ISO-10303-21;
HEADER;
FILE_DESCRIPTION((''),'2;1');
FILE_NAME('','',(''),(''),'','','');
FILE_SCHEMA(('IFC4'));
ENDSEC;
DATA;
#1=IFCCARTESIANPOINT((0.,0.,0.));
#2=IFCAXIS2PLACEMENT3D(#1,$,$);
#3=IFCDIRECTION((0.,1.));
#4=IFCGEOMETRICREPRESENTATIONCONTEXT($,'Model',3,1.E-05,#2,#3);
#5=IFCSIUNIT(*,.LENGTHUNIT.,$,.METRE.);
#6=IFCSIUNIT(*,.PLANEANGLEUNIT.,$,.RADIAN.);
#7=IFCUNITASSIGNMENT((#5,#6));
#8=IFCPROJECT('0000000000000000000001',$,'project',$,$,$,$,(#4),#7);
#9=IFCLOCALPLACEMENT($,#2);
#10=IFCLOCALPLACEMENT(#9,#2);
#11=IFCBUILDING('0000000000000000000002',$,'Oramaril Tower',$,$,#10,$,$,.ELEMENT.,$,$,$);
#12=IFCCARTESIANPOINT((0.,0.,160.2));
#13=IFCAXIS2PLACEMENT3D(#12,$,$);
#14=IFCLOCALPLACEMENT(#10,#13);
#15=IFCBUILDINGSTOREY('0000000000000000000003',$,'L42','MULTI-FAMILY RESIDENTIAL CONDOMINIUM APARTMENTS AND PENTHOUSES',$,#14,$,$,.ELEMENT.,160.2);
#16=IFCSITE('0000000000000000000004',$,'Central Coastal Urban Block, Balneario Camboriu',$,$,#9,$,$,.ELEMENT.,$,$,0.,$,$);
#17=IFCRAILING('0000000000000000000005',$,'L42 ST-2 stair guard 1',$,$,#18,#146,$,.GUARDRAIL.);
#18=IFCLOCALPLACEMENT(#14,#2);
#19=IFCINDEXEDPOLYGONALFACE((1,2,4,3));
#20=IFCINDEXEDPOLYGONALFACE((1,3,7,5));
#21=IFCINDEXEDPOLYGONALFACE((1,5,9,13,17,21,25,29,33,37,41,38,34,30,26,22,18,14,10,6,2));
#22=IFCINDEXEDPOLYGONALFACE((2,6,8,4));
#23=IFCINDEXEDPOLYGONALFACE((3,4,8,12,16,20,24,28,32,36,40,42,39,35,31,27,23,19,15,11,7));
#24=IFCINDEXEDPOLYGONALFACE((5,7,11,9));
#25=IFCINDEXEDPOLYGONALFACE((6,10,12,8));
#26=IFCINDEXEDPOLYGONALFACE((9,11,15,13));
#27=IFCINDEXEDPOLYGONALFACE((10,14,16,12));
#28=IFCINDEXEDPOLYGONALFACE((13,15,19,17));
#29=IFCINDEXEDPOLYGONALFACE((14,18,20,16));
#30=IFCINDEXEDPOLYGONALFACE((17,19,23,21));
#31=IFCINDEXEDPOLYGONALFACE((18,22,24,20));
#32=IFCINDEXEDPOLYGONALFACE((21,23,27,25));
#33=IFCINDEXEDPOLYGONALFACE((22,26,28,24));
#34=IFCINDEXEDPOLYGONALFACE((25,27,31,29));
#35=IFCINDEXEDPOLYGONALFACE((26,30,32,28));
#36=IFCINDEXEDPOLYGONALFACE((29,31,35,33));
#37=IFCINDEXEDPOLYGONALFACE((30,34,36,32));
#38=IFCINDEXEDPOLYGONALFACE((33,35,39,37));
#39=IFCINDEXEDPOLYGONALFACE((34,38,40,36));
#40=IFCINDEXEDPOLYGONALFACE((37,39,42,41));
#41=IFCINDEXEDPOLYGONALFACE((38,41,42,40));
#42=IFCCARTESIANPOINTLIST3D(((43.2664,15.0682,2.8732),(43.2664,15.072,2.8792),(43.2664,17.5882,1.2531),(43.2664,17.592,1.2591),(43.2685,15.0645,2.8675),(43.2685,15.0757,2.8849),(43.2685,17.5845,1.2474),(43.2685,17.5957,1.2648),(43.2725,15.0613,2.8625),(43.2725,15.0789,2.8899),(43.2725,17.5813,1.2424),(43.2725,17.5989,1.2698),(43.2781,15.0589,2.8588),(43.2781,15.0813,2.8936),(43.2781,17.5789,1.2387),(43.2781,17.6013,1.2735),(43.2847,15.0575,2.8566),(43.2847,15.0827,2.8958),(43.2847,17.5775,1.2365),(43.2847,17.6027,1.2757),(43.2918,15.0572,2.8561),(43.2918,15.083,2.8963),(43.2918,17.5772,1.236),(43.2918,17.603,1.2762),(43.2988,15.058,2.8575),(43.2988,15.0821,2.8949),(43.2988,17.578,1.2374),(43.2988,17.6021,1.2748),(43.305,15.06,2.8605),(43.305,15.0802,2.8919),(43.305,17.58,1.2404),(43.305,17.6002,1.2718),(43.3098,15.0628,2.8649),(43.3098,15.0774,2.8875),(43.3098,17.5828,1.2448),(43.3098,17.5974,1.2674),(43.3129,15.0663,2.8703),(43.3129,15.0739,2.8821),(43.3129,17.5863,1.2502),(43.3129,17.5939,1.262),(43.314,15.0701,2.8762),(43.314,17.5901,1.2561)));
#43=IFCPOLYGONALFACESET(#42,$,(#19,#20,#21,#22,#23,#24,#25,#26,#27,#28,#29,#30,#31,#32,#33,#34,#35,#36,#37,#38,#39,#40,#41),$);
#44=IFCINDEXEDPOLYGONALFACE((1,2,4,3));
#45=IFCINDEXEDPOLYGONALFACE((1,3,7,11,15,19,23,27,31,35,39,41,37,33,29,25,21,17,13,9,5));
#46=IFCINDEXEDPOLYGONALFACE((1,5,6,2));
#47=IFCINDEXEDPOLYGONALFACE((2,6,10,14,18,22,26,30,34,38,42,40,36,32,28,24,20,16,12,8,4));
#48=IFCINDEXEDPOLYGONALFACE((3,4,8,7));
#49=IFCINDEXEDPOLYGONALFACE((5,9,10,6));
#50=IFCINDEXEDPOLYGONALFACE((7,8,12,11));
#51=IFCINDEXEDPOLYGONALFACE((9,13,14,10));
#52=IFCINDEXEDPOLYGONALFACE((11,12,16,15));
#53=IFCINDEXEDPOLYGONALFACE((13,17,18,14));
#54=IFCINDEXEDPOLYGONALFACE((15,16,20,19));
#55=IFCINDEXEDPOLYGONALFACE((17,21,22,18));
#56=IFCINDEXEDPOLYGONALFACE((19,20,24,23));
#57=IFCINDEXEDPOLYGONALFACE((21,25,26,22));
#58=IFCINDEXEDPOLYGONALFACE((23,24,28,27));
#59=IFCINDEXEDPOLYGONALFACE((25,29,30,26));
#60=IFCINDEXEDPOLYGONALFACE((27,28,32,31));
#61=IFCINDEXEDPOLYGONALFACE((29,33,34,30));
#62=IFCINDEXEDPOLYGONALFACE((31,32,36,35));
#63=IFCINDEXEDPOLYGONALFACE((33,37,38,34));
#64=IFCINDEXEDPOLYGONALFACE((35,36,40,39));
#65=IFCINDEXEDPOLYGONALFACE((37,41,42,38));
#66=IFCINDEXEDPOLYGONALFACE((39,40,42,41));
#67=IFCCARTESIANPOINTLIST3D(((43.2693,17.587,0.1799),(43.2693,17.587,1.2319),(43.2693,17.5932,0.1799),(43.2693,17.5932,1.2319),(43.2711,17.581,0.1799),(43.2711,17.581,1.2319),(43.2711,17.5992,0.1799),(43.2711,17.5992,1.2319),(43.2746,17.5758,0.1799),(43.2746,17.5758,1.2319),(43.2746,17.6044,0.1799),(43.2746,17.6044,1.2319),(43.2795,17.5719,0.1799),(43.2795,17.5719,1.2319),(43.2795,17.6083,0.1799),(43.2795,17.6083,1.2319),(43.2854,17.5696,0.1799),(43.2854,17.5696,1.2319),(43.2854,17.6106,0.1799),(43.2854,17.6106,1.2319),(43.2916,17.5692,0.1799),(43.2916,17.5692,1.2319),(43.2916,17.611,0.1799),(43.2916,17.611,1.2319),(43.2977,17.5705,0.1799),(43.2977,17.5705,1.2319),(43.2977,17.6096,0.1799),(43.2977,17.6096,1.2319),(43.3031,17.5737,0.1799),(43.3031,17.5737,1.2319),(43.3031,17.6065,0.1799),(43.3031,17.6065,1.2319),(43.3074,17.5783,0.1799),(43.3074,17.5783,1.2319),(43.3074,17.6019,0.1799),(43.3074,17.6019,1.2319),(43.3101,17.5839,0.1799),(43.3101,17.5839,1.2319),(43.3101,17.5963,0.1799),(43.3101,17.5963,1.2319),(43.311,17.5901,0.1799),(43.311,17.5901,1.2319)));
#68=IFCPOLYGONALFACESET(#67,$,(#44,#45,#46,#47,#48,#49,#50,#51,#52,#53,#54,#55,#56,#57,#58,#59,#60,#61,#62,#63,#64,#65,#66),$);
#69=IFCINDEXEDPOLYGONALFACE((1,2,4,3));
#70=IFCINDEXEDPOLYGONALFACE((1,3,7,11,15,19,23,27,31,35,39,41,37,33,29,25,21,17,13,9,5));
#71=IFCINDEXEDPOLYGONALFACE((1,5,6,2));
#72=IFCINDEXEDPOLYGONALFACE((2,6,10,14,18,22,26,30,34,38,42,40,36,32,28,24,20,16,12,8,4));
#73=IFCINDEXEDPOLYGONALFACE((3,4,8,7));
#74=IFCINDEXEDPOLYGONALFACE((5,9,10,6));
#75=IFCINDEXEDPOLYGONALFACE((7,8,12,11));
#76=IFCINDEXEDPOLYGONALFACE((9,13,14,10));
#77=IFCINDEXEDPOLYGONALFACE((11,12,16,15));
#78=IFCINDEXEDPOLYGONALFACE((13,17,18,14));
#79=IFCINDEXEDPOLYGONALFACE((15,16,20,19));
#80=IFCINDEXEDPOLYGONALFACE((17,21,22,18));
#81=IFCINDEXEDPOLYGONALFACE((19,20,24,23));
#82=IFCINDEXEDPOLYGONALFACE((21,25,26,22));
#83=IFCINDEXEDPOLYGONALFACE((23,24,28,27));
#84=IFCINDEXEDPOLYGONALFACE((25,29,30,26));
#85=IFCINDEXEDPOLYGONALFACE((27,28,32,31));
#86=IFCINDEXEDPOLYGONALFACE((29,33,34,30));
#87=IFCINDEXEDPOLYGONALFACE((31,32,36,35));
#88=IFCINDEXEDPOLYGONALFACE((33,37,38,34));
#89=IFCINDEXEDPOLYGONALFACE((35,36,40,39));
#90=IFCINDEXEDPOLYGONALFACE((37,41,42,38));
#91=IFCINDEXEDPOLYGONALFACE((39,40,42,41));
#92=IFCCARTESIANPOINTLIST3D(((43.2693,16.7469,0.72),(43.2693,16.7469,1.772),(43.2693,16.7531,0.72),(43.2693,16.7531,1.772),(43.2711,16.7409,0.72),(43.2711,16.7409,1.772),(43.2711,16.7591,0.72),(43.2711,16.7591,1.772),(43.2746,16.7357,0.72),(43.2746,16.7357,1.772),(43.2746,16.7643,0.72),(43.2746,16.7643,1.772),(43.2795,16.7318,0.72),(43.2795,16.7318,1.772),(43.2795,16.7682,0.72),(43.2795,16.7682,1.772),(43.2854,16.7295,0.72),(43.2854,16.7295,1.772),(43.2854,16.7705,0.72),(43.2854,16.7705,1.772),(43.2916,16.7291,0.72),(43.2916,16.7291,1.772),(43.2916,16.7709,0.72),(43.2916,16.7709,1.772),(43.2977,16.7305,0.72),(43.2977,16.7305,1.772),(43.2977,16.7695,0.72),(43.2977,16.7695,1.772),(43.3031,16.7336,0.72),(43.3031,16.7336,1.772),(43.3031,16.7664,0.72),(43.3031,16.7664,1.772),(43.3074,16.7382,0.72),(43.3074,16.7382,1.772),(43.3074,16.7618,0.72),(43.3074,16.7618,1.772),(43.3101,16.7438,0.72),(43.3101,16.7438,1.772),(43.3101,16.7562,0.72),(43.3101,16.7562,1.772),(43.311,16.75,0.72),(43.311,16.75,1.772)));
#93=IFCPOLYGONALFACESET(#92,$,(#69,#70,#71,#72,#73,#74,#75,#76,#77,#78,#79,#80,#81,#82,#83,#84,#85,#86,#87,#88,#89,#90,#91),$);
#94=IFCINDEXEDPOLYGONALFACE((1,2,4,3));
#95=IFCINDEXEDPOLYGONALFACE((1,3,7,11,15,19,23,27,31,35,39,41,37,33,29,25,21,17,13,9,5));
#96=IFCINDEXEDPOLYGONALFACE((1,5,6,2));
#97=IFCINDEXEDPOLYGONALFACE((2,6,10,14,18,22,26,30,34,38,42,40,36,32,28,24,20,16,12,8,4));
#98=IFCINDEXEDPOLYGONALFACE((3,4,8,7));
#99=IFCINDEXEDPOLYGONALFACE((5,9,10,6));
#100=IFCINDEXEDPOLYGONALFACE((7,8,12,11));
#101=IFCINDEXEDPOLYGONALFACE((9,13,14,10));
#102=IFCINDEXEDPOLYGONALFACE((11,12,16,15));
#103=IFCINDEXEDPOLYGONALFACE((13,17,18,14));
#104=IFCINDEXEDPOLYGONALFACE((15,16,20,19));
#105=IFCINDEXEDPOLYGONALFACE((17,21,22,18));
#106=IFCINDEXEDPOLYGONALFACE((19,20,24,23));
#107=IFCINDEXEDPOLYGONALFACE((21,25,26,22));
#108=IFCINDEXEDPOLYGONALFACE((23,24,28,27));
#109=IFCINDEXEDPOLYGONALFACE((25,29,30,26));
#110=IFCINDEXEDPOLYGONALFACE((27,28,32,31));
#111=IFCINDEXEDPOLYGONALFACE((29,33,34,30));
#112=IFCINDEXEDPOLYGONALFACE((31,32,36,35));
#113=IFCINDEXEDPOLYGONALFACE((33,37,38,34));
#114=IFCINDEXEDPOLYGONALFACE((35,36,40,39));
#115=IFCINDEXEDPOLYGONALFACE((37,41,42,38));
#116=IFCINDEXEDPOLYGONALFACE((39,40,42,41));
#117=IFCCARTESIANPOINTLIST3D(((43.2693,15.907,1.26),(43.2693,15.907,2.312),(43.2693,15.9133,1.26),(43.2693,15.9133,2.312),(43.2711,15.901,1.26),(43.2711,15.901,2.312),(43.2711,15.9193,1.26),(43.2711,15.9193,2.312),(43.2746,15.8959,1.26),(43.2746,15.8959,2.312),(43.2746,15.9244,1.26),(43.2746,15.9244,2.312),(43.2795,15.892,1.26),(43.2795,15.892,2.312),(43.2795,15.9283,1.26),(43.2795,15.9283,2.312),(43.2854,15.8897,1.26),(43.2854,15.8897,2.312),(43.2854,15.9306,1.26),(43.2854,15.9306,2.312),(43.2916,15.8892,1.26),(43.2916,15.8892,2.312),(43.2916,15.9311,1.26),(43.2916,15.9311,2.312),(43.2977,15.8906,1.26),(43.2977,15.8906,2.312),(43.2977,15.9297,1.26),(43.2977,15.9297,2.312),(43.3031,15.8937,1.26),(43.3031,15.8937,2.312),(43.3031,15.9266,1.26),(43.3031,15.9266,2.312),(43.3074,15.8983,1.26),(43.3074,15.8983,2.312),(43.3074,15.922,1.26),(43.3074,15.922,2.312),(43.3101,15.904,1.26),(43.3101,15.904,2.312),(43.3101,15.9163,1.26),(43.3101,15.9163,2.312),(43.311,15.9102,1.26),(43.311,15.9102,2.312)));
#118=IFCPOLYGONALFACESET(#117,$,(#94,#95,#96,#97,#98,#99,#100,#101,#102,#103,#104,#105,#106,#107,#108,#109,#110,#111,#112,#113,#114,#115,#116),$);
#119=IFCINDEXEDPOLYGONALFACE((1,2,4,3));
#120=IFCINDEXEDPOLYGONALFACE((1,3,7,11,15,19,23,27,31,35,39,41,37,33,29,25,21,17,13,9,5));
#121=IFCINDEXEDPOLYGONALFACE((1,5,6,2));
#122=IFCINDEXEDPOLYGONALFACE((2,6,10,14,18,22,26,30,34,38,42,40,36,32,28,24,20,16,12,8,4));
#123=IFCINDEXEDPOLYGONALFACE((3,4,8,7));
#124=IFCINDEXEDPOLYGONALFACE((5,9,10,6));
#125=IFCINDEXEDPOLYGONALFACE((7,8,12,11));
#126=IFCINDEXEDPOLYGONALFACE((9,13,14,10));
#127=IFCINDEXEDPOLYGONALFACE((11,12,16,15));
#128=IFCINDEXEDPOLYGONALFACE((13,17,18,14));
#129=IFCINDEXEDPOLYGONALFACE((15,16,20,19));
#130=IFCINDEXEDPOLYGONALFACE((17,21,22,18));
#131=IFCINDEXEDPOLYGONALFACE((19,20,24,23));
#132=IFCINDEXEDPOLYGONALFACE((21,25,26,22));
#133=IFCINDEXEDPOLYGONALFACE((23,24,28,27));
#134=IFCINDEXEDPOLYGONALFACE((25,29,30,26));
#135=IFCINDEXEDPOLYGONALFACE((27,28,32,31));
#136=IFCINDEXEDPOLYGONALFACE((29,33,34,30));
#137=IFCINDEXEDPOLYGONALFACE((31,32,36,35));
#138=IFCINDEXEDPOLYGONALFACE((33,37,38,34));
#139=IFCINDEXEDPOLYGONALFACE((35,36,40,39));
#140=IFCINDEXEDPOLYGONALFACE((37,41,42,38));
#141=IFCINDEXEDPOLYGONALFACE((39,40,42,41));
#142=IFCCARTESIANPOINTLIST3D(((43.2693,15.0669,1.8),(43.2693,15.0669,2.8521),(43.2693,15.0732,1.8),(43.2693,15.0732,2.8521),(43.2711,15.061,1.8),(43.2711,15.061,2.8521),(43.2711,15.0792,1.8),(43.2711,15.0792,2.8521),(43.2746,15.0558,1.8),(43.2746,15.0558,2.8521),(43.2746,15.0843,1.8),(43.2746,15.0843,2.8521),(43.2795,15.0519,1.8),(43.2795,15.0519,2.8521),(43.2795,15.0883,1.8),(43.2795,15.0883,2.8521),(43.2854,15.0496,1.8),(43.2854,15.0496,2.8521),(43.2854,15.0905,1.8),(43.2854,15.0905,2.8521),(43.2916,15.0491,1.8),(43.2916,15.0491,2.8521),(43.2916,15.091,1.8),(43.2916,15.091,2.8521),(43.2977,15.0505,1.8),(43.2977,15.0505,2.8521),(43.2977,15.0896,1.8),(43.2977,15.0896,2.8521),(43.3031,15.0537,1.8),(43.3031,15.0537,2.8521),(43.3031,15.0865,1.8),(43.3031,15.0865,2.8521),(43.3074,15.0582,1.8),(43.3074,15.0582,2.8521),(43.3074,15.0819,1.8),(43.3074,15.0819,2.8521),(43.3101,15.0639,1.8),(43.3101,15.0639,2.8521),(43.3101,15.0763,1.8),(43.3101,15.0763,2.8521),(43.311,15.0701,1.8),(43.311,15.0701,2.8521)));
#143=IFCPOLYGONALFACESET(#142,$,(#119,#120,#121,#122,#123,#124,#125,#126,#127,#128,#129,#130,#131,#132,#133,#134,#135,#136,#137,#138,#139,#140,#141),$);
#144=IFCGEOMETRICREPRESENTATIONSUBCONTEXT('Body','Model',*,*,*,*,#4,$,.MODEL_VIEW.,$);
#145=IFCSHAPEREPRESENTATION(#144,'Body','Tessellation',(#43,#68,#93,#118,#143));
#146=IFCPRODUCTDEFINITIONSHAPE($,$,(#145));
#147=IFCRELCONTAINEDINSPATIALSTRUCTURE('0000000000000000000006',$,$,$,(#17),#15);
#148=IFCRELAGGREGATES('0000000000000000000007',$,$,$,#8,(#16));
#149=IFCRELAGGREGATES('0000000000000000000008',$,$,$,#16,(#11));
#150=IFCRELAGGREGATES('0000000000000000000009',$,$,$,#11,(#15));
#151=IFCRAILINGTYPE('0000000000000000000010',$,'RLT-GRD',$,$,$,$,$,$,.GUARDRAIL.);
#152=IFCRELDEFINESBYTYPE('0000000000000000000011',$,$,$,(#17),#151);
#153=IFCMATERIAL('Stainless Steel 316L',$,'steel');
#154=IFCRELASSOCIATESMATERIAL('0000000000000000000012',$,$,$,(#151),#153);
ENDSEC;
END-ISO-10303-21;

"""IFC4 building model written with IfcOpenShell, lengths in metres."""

from ifc_helpers import new_model, si_unit, direction, frame, origin, origin_2d, place, context, subcontext, project, spatial, circle, extrude, material, type_object, element, save


model = new_model("IFC4")

# Units and contexts
model_context = context("Model", 3, precision=1e-05, world=origin(), true_north=direction((0.0, 1.0)))
body_context = subcontext(model_context, "Body", "Model", "MODEL_VIEW")
ifc_project = project(units=[si_unit("LENGTHUNIT", "METRE"), si_unit("PLANEANGLEUNIT", "RADIAN")], contexts=[model_context])

# Site, building, storey
site_placement = place(None, origin())
site = spatial("IfcSite", under=ifc_project, at=site_placement, Name="Central Coastal Urban Block, Balneario Camboriu", CompositionType="ELEMENT", RefElevation=0.0)
building_placement = place(site_placement, origin())
building = spatial("IfcBuilding", under=site, at=building_placement, Name="Oramaril Tower", CompositionType="ELEMENT")
storey_placement = place(building_placement, frame((0.0, 0.0, 160.2)))
storey = spatial("IfcBuildingStorey", under=building, at=storey_placement, Name="L42", Description="MULTI-FAMILY RESIDENTIAL CONDOMINIUM APARTMENTS AND PENTHOUSES", CompositionType="ELEMENT", Elevation=160.2)

# Railing
ifc_material_1 = material(Name="Stainless Steel 316L", Category="steel")
railing_type_1 = type_object("IfcRailingType", Name="RLT-GRD", PredefinedType="GUARDRAIL", material=ifc_material_1)
railing_1_placement = place(storey_placement, frame((43.29, 17.5901, 0.1799)))
element("IfcRailing", 1, at=railing_1_placement, inside=storey, type_object=railing_type_1, Name="L42 ST-2 stair guard 1", PredefinedType="GUARDRAIL", context=body_context, shape_type="SweptSolid", body=[
    extrude(circle(Radius=0.0239, at=origin_2d()), frame((0.0, 0.0, 1.0762), z_axis=(0.0, -0.841163, 0.540782), x_axis=(1.0, 0.0, 0.0)), (0.0, 0.0, 1.0), 2.9958),
    extrude(circle(Radius=0.021, at=origin_2d()), origin(), (0.0, 0.0, 1.0), 1.052),
    extrude(circle(Radius=0.021, at=origin_2d()), frame((0.0, -0.8401, 0.54)), (0.0, 0.0, 1.0), 1.052),
    extrude(circle(Radius=0.021, at=origin_2d()), frame((0.0, -1.6799, 1.0801)), (0.0, 0.0, 1.0), 1.052),
    extrude(circle(Radius=0.021, at=origin_2d()), frame((0.0, -2.52, 1.6201)), (0.0, 0.0, 1.0), 1.052),
])

save(model, "model.ifc")
